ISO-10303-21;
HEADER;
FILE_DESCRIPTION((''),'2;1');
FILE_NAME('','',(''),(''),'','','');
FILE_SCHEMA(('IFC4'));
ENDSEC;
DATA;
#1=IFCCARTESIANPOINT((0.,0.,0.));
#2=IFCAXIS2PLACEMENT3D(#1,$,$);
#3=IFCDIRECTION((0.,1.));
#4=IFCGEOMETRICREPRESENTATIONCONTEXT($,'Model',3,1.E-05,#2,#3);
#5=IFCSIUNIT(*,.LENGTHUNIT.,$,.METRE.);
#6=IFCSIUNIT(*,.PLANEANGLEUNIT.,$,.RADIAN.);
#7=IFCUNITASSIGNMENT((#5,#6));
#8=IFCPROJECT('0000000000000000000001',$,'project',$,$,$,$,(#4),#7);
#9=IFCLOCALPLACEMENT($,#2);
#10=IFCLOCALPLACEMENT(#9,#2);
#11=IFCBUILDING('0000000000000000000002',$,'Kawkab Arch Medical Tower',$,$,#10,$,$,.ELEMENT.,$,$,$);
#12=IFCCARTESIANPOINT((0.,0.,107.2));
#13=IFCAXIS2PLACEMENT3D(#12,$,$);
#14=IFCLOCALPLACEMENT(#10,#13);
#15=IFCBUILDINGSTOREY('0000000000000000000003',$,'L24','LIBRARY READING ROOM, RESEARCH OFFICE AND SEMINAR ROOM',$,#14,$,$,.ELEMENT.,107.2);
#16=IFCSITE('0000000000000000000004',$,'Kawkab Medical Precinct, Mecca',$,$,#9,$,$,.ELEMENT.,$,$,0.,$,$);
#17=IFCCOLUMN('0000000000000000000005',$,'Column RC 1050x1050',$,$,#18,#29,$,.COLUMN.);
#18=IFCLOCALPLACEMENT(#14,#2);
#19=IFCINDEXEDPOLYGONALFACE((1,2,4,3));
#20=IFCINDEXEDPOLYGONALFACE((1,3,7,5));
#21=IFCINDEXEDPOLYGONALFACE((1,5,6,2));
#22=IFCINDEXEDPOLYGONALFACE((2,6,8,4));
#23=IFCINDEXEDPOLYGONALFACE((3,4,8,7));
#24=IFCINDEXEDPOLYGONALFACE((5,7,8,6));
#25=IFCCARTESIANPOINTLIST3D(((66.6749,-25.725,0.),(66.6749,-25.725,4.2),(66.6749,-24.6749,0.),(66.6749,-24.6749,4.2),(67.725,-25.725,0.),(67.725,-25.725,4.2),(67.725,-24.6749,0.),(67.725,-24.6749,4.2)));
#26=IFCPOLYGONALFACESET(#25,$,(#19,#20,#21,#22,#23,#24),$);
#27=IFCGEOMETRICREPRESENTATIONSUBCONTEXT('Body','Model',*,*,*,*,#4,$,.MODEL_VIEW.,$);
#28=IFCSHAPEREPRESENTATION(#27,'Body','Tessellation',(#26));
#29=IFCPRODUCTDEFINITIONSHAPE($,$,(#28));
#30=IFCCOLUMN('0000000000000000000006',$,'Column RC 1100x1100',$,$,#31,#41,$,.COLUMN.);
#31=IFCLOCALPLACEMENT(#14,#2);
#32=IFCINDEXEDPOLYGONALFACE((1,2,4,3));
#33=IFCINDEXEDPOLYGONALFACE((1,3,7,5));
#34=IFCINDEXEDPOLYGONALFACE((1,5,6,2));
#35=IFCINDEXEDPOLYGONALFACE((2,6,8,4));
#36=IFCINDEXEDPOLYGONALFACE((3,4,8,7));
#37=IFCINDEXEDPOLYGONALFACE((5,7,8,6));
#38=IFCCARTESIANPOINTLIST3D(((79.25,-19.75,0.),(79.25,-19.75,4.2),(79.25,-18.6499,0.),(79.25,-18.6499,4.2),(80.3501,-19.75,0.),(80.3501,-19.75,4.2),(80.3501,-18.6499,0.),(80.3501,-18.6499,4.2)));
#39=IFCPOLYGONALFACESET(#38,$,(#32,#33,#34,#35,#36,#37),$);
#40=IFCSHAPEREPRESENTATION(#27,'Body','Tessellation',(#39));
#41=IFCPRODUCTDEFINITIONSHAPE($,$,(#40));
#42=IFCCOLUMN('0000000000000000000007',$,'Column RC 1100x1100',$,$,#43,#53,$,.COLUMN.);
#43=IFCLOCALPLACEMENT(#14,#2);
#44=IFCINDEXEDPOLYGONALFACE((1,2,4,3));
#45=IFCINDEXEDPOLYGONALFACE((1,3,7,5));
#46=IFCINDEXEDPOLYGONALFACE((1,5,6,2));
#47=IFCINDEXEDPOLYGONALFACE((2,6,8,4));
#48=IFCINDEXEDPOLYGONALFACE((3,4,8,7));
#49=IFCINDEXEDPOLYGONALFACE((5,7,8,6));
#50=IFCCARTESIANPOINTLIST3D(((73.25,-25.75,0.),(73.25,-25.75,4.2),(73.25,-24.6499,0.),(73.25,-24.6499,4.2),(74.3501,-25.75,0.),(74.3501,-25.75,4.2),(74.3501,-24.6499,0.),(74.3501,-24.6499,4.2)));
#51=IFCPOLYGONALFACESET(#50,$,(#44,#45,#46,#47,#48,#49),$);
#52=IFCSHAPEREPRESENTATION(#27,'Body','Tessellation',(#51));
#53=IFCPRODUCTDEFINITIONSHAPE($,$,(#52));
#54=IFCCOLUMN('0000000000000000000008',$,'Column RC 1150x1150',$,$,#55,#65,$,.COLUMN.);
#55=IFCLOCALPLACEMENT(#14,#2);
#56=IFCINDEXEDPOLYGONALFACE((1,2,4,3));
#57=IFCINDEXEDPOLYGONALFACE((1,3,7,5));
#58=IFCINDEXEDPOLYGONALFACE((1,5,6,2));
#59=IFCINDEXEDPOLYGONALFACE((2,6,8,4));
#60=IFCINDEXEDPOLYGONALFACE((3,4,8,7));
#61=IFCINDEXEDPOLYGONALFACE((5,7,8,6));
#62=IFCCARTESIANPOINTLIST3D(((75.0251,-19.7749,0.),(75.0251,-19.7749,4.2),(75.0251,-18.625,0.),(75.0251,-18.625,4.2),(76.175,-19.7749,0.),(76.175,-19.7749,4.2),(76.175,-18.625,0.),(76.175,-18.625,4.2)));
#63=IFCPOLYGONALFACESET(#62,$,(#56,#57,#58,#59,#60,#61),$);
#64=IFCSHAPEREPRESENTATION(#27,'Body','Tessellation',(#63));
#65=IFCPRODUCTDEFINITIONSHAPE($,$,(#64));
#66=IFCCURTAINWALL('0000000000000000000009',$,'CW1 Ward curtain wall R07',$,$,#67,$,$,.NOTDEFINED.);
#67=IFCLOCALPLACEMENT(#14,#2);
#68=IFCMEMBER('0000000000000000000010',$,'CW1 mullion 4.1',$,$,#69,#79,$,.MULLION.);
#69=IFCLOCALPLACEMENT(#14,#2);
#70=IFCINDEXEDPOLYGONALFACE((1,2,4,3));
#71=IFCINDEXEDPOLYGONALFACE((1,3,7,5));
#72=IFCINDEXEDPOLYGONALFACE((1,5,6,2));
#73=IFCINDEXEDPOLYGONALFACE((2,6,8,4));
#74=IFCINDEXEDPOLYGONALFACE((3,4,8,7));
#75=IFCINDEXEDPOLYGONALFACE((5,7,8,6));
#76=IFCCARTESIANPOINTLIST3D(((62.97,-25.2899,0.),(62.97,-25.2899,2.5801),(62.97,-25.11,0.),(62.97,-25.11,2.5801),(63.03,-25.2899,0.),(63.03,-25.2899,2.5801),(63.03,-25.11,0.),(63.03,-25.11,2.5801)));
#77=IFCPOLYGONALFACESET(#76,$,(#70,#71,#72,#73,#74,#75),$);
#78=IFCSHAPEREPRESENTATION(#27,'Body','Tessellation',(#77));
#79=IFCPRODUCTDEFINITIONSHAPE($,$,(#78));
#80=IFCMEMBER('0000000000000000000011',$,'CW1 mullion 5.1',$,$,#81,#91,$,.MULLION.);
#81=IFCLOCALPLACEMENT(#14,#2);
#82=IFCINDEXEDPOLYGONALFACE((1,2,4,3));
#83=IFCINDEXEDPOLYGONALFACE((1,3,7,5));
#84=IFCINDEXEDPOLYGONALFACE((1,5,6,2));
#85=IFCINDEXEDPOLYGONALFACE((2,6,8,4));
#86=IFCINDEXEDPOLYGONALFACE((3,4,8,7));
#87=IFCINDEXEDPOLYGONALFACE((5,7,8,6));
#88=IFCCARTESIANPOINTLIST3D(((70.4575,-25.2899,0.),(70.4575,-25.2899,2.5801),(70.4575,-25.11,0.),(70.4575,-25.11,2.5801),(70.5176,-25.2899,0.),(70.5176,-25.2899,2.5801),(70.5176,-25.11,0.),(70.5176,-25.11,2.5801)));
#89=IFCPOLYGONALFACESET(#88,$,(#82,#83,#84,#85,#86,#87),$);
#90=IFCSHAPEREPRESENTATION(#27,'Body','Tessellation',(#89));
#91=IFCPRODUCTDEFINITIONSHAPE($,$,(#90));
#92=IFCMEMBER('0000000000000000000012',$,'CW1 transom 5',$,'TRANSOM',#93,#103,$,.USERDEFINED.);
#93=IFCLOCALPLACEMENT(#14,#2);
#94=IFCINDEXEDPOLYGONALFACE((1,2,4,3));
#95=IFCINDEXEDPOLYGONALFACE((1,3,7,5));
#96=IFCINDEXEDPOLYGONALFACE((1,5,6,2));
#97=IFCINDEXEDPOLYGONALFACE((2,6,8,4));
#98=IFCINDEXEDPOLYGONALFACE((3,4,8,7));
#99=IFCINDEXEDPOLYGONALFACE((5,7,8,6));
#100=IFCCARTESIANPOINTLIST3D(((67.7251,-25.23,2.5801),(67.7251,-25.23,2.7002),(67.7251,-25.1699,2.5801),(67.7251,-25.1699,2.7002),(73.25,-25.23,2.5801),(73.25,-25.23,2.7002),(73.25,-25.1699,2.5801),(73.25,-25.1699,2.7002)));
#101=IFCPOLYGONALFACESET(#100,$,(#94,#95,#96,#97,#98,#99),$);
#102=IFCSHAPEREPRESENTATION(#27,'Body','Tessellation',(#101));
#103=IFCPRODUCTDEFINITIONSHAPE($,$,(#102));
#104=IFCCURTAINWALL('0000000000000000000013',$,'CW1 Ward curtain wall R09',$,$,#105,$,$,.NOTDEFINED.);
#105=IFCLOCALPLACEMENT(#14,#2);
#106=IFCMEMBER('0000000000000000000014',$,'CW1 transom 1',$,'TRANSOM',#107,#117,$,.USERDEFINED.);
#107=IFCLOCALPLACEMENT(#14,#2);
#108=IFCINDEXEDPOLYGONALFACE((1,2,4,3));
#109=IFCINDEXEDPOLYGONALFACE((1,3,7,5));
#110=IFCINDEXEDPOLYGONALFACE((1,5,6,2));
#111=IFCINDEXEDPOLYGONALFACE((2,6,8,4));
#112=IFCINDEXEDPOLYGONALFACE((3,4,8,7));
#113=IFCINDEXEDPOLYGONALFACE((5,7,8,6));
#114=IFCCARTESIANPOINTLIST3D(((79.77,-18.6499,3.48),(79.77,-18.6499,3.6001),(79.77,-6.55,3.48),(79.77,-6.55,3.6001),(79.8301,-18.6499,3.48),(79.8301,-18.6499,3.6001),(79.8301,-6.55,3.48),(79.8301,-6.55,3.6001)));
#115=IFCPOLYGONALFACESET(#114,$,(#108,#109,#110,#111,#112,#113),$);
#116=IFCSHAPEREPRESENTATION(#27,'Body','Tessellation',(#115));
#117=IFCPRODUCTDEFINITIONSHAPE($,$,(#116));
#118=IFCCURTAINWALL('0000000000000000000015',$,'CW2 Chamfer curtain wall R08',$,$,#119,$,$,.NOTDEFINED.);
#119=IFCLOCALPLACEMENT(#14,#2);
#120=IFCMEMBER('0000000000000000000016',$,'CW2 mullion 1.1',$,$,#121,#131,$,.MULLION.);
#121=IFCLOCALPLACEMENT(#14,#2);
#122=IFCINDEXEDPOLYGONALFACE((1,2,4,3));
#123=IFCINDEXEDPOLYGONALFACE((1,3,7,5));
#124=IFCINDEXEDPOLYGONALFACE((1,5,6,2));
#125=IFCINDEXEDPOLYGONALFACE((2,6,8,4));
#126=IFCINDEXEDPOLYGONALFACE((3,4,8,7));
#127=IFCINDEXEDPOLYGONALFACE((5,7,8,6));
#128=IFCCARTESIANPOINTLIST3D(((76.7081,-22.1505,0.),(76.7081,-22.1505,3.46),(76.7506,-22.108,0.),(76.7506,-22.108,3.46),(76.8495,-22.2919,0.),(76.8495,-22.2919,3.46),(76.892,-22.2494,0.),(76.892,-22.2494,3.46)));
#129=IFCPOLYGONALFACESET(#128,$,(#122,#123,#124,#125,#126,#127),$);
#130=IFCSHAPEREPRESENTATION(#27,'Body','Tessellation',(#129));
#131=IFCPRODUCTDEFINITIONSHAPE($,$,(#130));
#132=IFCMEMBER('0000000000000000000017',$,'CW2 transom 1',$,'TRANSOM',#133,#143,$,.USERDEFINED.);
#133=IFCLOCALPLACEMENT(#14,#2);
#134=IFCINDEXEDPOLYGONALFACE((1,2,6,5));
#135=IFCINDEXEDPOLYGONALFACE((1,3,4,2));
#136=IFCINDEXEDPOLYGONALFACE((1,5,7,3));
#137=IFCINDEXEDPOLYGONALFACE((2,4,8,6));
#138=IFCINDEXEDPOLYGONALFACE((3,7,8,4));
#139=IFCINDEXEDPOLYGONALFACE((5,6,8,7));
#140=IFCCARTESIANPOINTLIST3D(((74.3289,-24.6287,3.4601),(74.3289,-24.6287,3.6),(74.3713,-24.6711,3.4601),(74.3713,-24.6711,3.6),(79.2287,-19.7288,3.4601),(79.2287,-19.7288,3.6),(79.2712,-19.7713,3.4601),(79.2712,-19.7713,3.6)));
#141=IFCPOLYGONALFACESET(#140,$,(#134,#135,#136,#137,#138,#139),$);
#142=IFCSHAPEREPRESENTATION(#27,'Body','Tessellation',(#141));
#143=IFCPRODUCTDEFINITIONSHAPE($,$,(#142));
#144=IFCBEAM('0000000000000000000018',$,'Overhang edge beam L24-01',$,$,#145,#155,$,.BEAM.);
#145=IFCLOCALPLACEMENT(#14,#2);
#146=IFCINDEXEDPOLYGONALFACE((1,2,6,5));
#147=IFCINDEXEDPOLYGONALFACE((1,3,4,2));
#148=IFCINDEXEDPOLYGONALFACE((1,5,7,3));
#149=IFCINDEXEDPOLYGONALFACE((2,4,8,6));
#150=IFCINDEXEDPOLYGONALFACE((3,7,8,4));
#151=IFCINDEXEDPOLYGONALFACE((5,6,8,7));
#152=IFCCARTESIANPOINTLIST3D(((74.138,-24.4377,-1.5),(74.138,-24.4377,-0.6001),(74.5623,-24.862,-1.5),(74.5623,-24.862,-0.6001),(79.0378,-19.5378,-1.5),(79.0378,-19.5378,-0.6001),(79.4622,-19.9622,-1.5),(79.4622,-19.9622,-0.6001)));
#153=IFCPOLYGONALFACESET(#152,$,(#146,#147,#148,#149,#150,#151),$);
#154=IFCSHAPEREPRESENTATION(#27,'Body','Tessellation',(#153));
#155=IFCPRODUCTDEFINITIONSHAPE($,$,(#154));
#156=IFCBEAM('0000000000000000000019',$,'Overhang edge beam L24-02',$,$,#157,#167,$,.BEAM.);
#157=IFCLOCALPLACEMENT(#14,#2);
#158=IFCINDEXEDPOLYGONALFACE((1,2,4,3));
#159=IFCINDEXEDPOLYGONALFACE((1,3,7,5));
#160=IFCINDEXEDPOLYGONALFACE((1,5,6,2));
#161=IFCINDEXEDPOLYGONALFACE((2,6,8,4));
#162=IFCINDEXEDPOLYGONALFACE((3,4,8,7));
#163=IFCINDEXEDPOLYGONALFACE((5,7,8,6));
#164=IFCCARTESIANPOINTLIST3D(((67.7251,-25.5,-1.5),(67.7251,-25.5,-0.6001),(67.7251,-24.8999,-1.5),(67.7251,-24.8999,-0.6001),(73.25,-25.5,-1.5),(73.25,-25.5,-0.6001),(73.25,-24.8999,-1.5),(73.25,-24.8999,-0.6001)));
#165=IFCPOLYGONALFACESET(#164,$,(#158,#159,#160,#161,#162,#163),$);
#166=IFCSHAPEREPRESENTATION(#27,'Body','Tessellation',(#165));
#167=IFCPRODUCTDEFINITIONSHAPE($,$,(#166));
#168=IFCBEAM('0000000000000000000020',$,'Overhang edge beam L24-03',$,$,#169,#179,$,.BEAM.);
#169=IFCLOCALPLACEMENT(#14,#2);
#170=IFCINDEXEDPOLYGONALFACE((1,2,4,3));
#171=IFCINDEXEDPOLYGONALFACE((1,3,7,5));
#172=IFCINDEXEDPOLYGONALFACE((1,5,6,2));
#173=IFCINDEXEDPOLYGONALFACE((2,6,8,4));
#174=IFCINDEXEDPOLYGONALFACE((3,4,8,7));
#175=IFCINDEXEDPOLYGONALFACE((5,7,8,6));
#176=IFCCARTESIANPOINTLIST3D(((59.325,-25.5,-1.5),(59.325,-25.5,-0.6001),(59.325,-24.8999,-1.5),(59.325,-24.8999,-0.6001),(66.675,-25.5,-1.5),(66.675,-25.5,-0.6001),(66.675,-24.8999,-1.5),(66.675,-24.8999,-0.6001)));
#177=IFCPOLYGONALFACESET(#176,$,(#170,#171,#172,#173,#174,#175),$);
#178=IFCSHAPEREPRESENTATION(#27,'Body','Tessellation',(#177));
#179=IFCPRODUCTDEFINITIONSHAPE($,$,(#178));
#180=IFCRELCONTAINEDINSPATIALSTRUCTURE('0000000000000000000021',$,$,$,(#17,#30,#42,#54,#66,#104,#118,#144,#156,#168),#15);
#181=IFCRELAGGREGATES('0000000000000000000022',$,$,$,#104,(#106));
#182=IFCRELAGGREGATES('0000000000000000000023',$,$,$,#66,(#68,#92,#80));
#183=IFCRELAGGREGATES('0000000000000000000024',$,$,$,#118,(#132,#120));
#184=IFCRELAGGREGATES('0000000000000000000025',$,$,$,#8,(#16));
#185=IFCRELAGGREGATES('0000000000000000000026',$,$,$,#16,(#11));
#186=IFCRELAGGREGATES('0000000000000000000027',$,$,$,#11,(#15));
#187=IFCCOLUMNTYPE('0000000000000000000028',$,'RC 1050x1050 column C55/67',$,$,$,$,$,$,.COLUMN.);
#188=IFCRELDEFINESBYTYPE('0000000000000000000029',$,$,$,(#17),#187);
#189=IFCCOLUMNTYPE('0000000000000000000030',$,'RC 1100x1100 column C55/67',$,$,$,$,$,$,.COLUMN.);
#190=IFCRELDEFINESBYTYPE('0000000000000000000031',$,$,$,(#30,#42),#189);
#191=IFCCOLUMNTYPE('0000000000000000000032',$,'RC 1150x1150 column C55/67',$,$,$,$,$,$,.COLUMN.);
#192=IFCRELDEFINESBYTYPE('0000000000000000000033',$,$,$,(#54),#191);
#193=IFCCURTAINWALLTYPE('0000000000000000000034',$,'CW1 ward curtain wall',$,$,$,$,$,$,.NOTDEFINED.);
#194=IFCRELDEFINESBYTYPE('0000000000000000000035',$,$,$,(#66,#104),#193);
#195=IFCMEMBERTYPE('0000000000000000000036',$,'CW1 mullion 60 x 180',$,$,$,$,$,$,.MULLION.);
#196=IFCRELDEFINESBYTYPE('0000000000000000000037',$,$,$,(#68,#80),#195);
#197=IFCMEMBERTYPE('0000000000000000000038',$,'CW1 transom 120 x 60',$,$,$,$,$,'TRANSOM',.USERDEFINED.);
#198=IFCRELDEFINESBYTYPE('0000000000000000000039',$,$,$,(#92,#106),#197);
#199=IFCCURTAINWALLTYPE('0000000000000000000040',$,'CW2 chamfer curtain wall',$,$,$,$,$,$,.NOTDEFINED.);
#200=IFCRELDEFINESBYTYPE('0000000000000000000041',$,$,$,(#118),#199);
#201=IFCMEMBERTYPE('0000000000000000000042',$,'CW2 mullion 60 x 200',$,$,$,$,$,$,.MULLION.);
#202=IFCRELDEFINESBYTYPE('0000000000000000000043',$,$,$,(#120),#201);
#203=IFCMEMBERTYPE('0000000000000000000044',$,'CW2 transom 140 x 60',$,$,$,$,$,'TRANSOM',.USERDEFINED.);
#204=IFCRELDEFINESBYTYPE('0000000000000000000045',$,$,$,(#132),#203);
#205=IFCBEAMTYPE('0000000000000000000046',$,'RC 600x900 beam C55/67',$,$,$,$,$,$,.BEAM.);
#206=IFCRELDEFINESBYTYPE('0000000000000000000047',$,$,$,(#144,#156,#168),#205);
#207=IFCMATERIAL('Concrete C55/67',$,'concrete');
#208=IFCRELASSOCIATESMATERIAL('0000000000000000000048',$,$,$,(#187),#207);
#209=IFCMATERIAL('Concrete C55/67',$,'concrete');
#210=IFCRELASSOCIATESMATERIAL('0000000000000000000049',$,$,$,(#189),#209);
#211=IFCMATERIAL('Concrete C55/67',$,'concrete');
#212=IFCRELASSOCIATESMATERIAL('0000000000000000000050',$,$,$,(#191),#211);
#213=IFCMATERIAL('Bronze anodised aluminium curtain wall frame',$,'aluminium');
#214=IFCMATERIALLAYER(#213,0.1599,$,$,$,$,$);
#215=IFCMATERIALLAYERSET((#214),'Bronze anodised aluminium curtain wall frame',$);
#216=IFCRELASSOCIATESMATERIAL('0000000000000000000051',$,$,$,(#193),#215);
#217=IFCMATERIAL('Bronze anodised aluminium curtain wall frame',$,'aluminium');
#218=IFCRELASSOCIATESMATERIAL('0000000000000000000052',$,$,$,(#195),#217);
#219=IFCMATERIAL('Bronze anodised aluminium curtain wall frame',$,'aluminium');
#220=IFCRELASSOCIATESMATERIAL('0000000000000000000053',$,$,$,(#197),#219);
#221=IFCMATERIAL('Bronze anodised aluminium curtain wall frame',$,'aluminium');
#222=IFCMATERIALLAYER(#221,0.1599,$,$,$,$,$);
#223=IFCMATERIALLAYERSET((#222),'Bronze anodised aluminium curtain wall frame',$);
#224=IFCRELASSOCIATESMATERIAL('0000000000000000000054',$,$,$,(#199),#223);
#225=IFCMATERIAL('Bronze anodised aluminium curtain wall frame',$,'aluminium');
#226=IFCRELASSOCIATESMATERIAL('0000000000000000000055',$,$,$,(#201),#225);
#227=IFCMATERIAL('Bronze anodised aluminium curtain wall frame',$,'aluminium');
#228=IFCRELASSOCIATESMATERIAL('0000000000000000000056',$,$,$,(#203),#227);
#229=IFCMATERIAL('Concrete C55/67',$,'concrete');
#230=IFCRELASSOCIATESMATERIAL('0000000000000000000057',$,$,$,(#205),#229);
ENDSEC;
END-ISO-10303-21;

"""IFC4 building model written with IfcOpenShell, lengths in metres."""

from ifc_helpers import new_model, si_unit, direction, frame, origin, origin_2d, place, context, subcontext, project, spatial, rectangle, extrude, material, layer, layer_set, material_profile, profile_set, type_object, element, aggregate, save


model = new_model("IFC4")

# Units and contexts
model_context = context("Model", 3, precision=1e-05, world=origin(), true_north=direction((0.0, 1.0)))
body_context = subcontext(model_context, "Body", "Model", "MODEL_VIEW")
ifc_project = project(units=[si_unit("LENGTHUNIT", "METRE"), si_unit("PLANEANGLEUNIT", "RADIAN")], contexts=[model_context])

# Site, building, storey
site_placement = place(None, origin())
site = spatial("IfcSite", under=ifc_project, at=site_placement, Name="Kawkab Medical Precinct, Mecca", CompositionType="ELEMENT", RefElevation=0.0)
building_placement = place(site_placement, origin())
building = spatial("IfcBuilding", under=site, at=building_placement, Name="Kawkab Arch Medical Tower", CompositionType="ELEMENT")
storey_placement = place(building_placement, frame((0.0, 0.0, 107.2)))
storey = spatial("IfcBuildingStorey", under=building, at=storey_placement, Name="L24", Description="LIBRARY READING ROOM, RESEARCH OFFICE AND SEMINAR ROOM", CompositionType="ELEMENT", Elevation=107.2)

# Columns
ifc_material_1 = material(Name="Concrete C55/67", Category="concrete")
ifc_material_profile_1 = material_profile(ifc_material_1, rectangle(XDim=1.05, YDim=1.05, at=origin_2d()), Name="RC 1050x1050")
ifc_profile_set_1 = profile_set([ifc_material_profile_1], Name="Concrete C55/67")
column_type_1 = type_object("IfcColumnType", Name="RC 1050x1050 column C55/67", PredefinedType="COLUMN", material=ifc_profile_set_1)
column_1_placement = place(storey_placement, frame((67.2, -25.2, 0.0), z_axis=(0.0, 0.0, 1.0), x_axis=(1.0, 0.0, 0.0)))
element("IfcColumn", 1, at=column_1_placement, inside=storey, type_object=column_type_1, Name="Column RC 1050x1050", PredefinedType="COLUMN", context=body_context, shape_type="SweptSolid", body=[
    extrude(rectangle(XDim=1.05, YDim=1.05, at=origin_2d()), origin(), (0.0, 0.0, 1.0), 4.2),
])
ifc_material_2 = material(Name="Concrete C55/67", Category="concrete")
ifc_material_profile_2 = material_profile(ifc_material_2, rectangle(XDim=1.1001, YDim=1.1001, at=origin_2d()), Name="RC 1100x1100")
ifc_profile_set_2 = profile_set([ifc_material_profile_2], Name="Concrete C55/67")
column_type_2 = type_object("IfcColumnType", Name="RC 1100x1100 column C55/67", PredefinedType="COLUMN", material=ifc_profile_set_2)
for number, where, z_axis, x_axis, name in (
    (2, (79.8, -19.2, 0.0), (0.0, 0.0, 1.0), (1.0, 0.0, 0.0), "Column RC 1100x1100"),
    (3, (73.8, -25.2, 0.0), (0.0, 0.0, 1.0), (1.0, 0.0, 0.0), "Column RC 1100x1100"),
):
    element("IfcColumn", number, at=place(storey_placement, frame(where, z_axis=z_axis, x_axis=x_axis)), inside=storey, type_object=column_type_2, Name=name, PredefinedType="COLUMN", context=body_context, shape_type="SweptSolid", body=[
        extrude(rectangle(XDim=1.1001, YDim=1.1001, at=origin_2d()), origin(), (0.0, 0.0, 1.0), 4.2),
    ])
ifc_material_3 = material(Name="Concrete C55/67", Category="concrete")
ifc_material_profile_3 = material_profile(ifc_material_3, rectangle(XDim=1.1499, YDim=1.1499, at=origin_2d()), Name="RC 1150x1150")
ifc_profile_set_3 = profile_set([ifc_material_profile_3], Name="Concrete C55/67")
column_type_3 = type_object("IfcColumnType", Name="RC 1150x1150 column C55/67", PredefinedType="COLUMN", material=ifc_profile_set_3)
column_2_placement = place(storey_placement, frame((75.6001, -19.2, 0.0), z_axis=(0.0, 0.0, 1.0), x_axis=(1.0, 0.0, 0.0)))
element("IfcColumn", 4, at=column_2_placement, inside=storey, type_object=column_type_3, Name="Column RC 1150x1150", PredefinedType="COLUMN", context=body_context, shape_type="SweptSolid", body=[
    extrude(rectangle(XDim=1.1499, YDim=1.1499, at=origin_2d()), origin(), (0.0, 0.0, 1.0), 4.2),
])

# Curtain wall, members
ifc_material_4 = material(Name="Bronze anodised aluminium curtain wall frame", Category="aluminium")
ifc_layer_1 = layer(ifc_material_4, 0.1599)
ifc_layer_set_1 = layer_set([ifc_layer_1], Name="Bronze anodised aluminium curtain wall frame")
curtain_wall_type_1 = type_object("IfcCurtainWallType", Name="CW1 ward curtain wall", PredefinedType="NOTDEFINED", material=ifc_layer_set_1)
placement = place(storey_placement, origin())
curtain_wall_1 = element("IfcCurtainWall", 5, at=placement, inside=storey, type_object=curtain_wall_type_1, Name="CW1 Ward curtain wall R07", PredefinedType="NOTDEFINED")
ifc_material_5 = material(Name="Bronze anodised aluminium curtain wall frame", Category="aluminium")
ifc_material_profile_4 = material_profile(ifc_material_5, rectangle(XDim=0.1799, YDim=0.0601, at=origin_2d()), Name="AL 60x180")
ifc_profile_set_4 = profile_set([ifc_material_profile_4], Name="Bronze anodised aluminium curtain wall frame")
member_type_1 = type_object("IfcMemberType", Name="CW1 mullion 60 x 180", PredefinedType="MULLION", material=ifc_profile_set_4)
member_1_placement = place(storey_placement, frame((63.0, -25.2, 0.0), z_axis=(0.0, 0.0, 1.0), x_axis=(0.0, 1.0, 0.0)))
member_1 = element("IfcMember", 6, at=member_1_placement, type_object=member_type_1, Name="CW1 mullion 4.1", PredefinedType="MULLION", context=body_context, shape_type="SweptSolid", body=[
    extrude(rectangle(XDim=0.1799, YDim=0.0601, at=origin_2d()), origin(), (0.0, 0.0, 1.0), 2.5801),
])
member_2_placement = place(storey_placement, frame((70.4875, -25.2, 0.0), z_axis=(0.0, 0.0, 1.0), x_axis=(0.0, 1.0, 0.0)))
member_2 = element("IfcMember", 7, at=member_2_placement, type_object=member_type_1, Name="CW1 mullion 5.1", PredefinedType="MULLION", context=body_context, shape_type="SweptSolid", body=[
    extrude(rectangle(XDim=0.1799, YDim=0.0601, at=origin_2d()), origin(), (0.0, 0.0, 1.0), 2.5801),
])
ifc_material_6 = material(Name="Bronze anodised aluminium curtain wall frame", Category="aluminium")
ifc_material_profile_5 = material_profile(ifc_material_6, rectangle(XDim=0.0601, YDim=0.1201, at=origin_2d()), Name="AL 60x120")
ifc_profile_set_5 = profile_set([ifc_material_profile_5], Name="Bronze anodised aluminium curtain wall frame")
member_type_2 = type_object("IfcMemberType", Name="CW1 transom 120 x 60", ElementType="TRANSOM", PredefinedType="USERDEFINED", material=ifc_profile_set_5)
member_3_placement = place(storey_placement, frame((67.7251, -25.2, 2.6401), z_axis=(1.0, 0.0, 0.0), x_axis=(0.0, 1.0, 0.0)))
member_3 = element("IfcMember", 8, at=member_3_placement, type_object=member_type_2, Name="CW1 transom 5", ObjectType="TRANSOM", PredefinedType="USERDEFINED", context=body_context, shape_type="SweptSolid", body=[
    extrude(rectangle(XDim=0.0601, YDim=0.1201, at=origin_2d()), origin(), (0.0, 0.0, 1.0), 5.5249),
])

# Curtain wall, member
curtain_wall_2 = element("IfcCurtainWall", 9, at=placement, inside=storey, type_object=curtain_wall_type_1, Name="CW1 Ward curtain wall R09", PredefinedType="NOTDEFINED")
member_4_placement = place(storey_placement, frame((79.8, -18.6499, 3.54), z_axis=(0.0, 1.0, 0.0), x_axis=(-1.0, 0.0, 0.0)))
member_4 = element("IfcMember", 10, at=member_4_placement, type_object=member_type_2, Name="CW1 transom 1", ObjectType="TRANSOM", PredefinedType="USERDEFINED", context=body_context, shape_type="SweptSolid", body=[
    extrude(rectangle(XDim=0.0601, YDim=0.1201, at=origin_2d()), origin(), (0.0, 0.0, 1.0), 12.0999),
])
aggregate(curtain_wall_2, [member_4])

# Curtain wall, members
ifc_material_7 = material(Name="Bronze anodised aluminium curtain wall frame", Category="aluminium")
ifc_layer_2 = layer(ifc_material_7, 0.1599)
ifc_layer_set_2 = layer_set([ifc_layer_2], Name="Bronze anodised aluminium curtain wall frame")
curtain_wall_type_2 = type_object("IfcCurtainWallType", Name="CW2 chamfer curtain wall", PredefinedType="NOTDEFINED", material=ifc_layer_set_2)
curtain_wall_3 = element("IfcCurtainWall", 11, at=placement, inside=storey, type_object=curtain_wall_type_2, Name="CW2 Chamfer curtain wall R08", PredefinedType="NOTDEFINED")
ifc_material_8 = material(Name="Bronze anodised aluminium curtain wall frame", Category="aluminium")
ifc_material_profile_6 = material_profile(ifc_material_8, rectangle(XDim=0.2, YDim=0.0601, at=origin_2d()), Name="AL 60x200")
ifc_profile_set_6 = profile_set([ifc_material_profile_6], Name="Bronze anodised aluminium curtain wall frame")
member_type_3 = type_object("IfcMemberType", Name="CW2 mullion 60 x 200", PredefinedType="MULLION", material=ifc_profile_set_6)
member_5_placement = place(storey_placement, frame((76.8, -22.2, 0.0), z_axis=(0.0, 0.0, 1.0), x_axis=(-0.707107, 0.707107, 0.0)))
member_5 = element("IfcMember", 12, at=member_5_placement, type_object=member_type_3, Name="CW2 mullion 1.1", PredefinedType="MULLION", context=body_context, shape_type="SweptSolid", body=[
    extrude(rectangle(XDim=0.2, YDim=0.0601, at=origin_2d()), origin(), (0.0, 0.0, 1.0), 3.46),
])
ifc_material_9 = material(Name="Bronze anodised aluminium curtain wall frame", Category="aluminium")
ifc_material_profile_7 = material_profile(ifc_material_9, rectangle(XDim=0.0601, YDim=0.1399, at=origin_2d()), Name="AL 60x140")
ifc_profile_set_7 = profile_set([ifc_material_profile_7], Name="Bronze anodised aluminium curtain wall frame")
member_type_4 = type_object("IfcMemberType", Name="CW2 transom 140 x 60", ElementType="TRANSOM", PredefinedType="USERDEFINED", material=ifc_profile_set_7)
member_6_placement = place(storey_placement, frame((74.3501, -24.6499, 3.53), z_axis=(0.707107, 0.707107, 0.0), x_axis=(-0.707107, 0.707107, 0.0)))
member_6 = element("IfcMember", 13, at=member_6_placement, type_object=member_type_4, Name="CW2 transom 1", ObjectType="TRANSOM", PredefinedType="USERDEFINED", context=body_context, shape_type="SweptSolid", body=[
    extrude(rectangle(XDim=0.0601, YDim=0.1399, at=origin_2d()), origin(), (0.0, 0.0, 1.0), 6.9294),
])

# Beams
ifc_material_10 = material(Name="Concrete C55/67", Category="concrete")
ifc_material_profile_8 = material_profile(ifc_material_10, rectangle(XDim=0.6001, YDim=0.8999, at=origin_2d()), Name="RC 600x900")
ifc_profile_set_8 = profile_set([ifc_material_profile_8], Name="Concrete C55/67")
beam_type = type_object("IfcBeamType", Name="RC 600x900 beam C55/67", PredefinedType="BEAM", material=ifc_profile_set_8)
beam_1_placement = place(storey_placement, frame((79.25, -19.75, -1.05), z_axis=(-0.707107, -0.707107, 0.0), x_axis=(0.707107, -0.707107, 0.0)))
element("IfcBeam", 14, at=beam_1_placement, inside=storey, type_object=beam_type, Name="Overhang edge beam L24-01", PredefinedType="BEAM", context=body_context, shape_type="SweptSolid", body=[
    extrude(rectangle(XDim=0.6001, YDim=0.8999, at=origin_2d()), origin(), (0.0, 0.0, 1.0), 6.9294),
])
beam_2_placement = place(storey_placement, frame((73.25, -25.2, -1.05), z_axis=(-1.0, 0.0, 0.0), x_axis=(0.0, -1.0, 0.0)))
element("IfcBeam", 15, at=beam_2_placement, inside=storey, type_object=beam_type, Name="Overhang edge beam L24-02", PredefinedType="BEAM", context=body_context, shape_type="SweptSolid", body=[
    extrude(rectangle(XDim=0.6001, YDim=0.8999, at=origin_2d()), origin(), (0.0, 0.0, 1.0), 5.5249),
])
beam_3_placement = place(storey_placement, frame((66.675, -25.2, -1.05), z_axis=(-1.0, 0.0, 0.0), x_axis=(0.0, -1.0, 0.0)))
element("IfcBeam", 16, at=beam_3_placement, inside=storey, type_object=beam_type, Name="Overhang edge beam L24-03", PredefinedType="BEAM", context=body_context, shape_type="SweptSolid", body=[
    extrude(rectangle(XDim=0.6001, YDim=0.8999, at=origin_2d()), origin(), (0.0, 0.0, 1.0), 7.3501),
])

aggregate(curtain_wall_1, [member_1, member_3, member_2])
aggregate(curtain_wall_3, [member_6, member_5])

save(model, "model.ifc")
